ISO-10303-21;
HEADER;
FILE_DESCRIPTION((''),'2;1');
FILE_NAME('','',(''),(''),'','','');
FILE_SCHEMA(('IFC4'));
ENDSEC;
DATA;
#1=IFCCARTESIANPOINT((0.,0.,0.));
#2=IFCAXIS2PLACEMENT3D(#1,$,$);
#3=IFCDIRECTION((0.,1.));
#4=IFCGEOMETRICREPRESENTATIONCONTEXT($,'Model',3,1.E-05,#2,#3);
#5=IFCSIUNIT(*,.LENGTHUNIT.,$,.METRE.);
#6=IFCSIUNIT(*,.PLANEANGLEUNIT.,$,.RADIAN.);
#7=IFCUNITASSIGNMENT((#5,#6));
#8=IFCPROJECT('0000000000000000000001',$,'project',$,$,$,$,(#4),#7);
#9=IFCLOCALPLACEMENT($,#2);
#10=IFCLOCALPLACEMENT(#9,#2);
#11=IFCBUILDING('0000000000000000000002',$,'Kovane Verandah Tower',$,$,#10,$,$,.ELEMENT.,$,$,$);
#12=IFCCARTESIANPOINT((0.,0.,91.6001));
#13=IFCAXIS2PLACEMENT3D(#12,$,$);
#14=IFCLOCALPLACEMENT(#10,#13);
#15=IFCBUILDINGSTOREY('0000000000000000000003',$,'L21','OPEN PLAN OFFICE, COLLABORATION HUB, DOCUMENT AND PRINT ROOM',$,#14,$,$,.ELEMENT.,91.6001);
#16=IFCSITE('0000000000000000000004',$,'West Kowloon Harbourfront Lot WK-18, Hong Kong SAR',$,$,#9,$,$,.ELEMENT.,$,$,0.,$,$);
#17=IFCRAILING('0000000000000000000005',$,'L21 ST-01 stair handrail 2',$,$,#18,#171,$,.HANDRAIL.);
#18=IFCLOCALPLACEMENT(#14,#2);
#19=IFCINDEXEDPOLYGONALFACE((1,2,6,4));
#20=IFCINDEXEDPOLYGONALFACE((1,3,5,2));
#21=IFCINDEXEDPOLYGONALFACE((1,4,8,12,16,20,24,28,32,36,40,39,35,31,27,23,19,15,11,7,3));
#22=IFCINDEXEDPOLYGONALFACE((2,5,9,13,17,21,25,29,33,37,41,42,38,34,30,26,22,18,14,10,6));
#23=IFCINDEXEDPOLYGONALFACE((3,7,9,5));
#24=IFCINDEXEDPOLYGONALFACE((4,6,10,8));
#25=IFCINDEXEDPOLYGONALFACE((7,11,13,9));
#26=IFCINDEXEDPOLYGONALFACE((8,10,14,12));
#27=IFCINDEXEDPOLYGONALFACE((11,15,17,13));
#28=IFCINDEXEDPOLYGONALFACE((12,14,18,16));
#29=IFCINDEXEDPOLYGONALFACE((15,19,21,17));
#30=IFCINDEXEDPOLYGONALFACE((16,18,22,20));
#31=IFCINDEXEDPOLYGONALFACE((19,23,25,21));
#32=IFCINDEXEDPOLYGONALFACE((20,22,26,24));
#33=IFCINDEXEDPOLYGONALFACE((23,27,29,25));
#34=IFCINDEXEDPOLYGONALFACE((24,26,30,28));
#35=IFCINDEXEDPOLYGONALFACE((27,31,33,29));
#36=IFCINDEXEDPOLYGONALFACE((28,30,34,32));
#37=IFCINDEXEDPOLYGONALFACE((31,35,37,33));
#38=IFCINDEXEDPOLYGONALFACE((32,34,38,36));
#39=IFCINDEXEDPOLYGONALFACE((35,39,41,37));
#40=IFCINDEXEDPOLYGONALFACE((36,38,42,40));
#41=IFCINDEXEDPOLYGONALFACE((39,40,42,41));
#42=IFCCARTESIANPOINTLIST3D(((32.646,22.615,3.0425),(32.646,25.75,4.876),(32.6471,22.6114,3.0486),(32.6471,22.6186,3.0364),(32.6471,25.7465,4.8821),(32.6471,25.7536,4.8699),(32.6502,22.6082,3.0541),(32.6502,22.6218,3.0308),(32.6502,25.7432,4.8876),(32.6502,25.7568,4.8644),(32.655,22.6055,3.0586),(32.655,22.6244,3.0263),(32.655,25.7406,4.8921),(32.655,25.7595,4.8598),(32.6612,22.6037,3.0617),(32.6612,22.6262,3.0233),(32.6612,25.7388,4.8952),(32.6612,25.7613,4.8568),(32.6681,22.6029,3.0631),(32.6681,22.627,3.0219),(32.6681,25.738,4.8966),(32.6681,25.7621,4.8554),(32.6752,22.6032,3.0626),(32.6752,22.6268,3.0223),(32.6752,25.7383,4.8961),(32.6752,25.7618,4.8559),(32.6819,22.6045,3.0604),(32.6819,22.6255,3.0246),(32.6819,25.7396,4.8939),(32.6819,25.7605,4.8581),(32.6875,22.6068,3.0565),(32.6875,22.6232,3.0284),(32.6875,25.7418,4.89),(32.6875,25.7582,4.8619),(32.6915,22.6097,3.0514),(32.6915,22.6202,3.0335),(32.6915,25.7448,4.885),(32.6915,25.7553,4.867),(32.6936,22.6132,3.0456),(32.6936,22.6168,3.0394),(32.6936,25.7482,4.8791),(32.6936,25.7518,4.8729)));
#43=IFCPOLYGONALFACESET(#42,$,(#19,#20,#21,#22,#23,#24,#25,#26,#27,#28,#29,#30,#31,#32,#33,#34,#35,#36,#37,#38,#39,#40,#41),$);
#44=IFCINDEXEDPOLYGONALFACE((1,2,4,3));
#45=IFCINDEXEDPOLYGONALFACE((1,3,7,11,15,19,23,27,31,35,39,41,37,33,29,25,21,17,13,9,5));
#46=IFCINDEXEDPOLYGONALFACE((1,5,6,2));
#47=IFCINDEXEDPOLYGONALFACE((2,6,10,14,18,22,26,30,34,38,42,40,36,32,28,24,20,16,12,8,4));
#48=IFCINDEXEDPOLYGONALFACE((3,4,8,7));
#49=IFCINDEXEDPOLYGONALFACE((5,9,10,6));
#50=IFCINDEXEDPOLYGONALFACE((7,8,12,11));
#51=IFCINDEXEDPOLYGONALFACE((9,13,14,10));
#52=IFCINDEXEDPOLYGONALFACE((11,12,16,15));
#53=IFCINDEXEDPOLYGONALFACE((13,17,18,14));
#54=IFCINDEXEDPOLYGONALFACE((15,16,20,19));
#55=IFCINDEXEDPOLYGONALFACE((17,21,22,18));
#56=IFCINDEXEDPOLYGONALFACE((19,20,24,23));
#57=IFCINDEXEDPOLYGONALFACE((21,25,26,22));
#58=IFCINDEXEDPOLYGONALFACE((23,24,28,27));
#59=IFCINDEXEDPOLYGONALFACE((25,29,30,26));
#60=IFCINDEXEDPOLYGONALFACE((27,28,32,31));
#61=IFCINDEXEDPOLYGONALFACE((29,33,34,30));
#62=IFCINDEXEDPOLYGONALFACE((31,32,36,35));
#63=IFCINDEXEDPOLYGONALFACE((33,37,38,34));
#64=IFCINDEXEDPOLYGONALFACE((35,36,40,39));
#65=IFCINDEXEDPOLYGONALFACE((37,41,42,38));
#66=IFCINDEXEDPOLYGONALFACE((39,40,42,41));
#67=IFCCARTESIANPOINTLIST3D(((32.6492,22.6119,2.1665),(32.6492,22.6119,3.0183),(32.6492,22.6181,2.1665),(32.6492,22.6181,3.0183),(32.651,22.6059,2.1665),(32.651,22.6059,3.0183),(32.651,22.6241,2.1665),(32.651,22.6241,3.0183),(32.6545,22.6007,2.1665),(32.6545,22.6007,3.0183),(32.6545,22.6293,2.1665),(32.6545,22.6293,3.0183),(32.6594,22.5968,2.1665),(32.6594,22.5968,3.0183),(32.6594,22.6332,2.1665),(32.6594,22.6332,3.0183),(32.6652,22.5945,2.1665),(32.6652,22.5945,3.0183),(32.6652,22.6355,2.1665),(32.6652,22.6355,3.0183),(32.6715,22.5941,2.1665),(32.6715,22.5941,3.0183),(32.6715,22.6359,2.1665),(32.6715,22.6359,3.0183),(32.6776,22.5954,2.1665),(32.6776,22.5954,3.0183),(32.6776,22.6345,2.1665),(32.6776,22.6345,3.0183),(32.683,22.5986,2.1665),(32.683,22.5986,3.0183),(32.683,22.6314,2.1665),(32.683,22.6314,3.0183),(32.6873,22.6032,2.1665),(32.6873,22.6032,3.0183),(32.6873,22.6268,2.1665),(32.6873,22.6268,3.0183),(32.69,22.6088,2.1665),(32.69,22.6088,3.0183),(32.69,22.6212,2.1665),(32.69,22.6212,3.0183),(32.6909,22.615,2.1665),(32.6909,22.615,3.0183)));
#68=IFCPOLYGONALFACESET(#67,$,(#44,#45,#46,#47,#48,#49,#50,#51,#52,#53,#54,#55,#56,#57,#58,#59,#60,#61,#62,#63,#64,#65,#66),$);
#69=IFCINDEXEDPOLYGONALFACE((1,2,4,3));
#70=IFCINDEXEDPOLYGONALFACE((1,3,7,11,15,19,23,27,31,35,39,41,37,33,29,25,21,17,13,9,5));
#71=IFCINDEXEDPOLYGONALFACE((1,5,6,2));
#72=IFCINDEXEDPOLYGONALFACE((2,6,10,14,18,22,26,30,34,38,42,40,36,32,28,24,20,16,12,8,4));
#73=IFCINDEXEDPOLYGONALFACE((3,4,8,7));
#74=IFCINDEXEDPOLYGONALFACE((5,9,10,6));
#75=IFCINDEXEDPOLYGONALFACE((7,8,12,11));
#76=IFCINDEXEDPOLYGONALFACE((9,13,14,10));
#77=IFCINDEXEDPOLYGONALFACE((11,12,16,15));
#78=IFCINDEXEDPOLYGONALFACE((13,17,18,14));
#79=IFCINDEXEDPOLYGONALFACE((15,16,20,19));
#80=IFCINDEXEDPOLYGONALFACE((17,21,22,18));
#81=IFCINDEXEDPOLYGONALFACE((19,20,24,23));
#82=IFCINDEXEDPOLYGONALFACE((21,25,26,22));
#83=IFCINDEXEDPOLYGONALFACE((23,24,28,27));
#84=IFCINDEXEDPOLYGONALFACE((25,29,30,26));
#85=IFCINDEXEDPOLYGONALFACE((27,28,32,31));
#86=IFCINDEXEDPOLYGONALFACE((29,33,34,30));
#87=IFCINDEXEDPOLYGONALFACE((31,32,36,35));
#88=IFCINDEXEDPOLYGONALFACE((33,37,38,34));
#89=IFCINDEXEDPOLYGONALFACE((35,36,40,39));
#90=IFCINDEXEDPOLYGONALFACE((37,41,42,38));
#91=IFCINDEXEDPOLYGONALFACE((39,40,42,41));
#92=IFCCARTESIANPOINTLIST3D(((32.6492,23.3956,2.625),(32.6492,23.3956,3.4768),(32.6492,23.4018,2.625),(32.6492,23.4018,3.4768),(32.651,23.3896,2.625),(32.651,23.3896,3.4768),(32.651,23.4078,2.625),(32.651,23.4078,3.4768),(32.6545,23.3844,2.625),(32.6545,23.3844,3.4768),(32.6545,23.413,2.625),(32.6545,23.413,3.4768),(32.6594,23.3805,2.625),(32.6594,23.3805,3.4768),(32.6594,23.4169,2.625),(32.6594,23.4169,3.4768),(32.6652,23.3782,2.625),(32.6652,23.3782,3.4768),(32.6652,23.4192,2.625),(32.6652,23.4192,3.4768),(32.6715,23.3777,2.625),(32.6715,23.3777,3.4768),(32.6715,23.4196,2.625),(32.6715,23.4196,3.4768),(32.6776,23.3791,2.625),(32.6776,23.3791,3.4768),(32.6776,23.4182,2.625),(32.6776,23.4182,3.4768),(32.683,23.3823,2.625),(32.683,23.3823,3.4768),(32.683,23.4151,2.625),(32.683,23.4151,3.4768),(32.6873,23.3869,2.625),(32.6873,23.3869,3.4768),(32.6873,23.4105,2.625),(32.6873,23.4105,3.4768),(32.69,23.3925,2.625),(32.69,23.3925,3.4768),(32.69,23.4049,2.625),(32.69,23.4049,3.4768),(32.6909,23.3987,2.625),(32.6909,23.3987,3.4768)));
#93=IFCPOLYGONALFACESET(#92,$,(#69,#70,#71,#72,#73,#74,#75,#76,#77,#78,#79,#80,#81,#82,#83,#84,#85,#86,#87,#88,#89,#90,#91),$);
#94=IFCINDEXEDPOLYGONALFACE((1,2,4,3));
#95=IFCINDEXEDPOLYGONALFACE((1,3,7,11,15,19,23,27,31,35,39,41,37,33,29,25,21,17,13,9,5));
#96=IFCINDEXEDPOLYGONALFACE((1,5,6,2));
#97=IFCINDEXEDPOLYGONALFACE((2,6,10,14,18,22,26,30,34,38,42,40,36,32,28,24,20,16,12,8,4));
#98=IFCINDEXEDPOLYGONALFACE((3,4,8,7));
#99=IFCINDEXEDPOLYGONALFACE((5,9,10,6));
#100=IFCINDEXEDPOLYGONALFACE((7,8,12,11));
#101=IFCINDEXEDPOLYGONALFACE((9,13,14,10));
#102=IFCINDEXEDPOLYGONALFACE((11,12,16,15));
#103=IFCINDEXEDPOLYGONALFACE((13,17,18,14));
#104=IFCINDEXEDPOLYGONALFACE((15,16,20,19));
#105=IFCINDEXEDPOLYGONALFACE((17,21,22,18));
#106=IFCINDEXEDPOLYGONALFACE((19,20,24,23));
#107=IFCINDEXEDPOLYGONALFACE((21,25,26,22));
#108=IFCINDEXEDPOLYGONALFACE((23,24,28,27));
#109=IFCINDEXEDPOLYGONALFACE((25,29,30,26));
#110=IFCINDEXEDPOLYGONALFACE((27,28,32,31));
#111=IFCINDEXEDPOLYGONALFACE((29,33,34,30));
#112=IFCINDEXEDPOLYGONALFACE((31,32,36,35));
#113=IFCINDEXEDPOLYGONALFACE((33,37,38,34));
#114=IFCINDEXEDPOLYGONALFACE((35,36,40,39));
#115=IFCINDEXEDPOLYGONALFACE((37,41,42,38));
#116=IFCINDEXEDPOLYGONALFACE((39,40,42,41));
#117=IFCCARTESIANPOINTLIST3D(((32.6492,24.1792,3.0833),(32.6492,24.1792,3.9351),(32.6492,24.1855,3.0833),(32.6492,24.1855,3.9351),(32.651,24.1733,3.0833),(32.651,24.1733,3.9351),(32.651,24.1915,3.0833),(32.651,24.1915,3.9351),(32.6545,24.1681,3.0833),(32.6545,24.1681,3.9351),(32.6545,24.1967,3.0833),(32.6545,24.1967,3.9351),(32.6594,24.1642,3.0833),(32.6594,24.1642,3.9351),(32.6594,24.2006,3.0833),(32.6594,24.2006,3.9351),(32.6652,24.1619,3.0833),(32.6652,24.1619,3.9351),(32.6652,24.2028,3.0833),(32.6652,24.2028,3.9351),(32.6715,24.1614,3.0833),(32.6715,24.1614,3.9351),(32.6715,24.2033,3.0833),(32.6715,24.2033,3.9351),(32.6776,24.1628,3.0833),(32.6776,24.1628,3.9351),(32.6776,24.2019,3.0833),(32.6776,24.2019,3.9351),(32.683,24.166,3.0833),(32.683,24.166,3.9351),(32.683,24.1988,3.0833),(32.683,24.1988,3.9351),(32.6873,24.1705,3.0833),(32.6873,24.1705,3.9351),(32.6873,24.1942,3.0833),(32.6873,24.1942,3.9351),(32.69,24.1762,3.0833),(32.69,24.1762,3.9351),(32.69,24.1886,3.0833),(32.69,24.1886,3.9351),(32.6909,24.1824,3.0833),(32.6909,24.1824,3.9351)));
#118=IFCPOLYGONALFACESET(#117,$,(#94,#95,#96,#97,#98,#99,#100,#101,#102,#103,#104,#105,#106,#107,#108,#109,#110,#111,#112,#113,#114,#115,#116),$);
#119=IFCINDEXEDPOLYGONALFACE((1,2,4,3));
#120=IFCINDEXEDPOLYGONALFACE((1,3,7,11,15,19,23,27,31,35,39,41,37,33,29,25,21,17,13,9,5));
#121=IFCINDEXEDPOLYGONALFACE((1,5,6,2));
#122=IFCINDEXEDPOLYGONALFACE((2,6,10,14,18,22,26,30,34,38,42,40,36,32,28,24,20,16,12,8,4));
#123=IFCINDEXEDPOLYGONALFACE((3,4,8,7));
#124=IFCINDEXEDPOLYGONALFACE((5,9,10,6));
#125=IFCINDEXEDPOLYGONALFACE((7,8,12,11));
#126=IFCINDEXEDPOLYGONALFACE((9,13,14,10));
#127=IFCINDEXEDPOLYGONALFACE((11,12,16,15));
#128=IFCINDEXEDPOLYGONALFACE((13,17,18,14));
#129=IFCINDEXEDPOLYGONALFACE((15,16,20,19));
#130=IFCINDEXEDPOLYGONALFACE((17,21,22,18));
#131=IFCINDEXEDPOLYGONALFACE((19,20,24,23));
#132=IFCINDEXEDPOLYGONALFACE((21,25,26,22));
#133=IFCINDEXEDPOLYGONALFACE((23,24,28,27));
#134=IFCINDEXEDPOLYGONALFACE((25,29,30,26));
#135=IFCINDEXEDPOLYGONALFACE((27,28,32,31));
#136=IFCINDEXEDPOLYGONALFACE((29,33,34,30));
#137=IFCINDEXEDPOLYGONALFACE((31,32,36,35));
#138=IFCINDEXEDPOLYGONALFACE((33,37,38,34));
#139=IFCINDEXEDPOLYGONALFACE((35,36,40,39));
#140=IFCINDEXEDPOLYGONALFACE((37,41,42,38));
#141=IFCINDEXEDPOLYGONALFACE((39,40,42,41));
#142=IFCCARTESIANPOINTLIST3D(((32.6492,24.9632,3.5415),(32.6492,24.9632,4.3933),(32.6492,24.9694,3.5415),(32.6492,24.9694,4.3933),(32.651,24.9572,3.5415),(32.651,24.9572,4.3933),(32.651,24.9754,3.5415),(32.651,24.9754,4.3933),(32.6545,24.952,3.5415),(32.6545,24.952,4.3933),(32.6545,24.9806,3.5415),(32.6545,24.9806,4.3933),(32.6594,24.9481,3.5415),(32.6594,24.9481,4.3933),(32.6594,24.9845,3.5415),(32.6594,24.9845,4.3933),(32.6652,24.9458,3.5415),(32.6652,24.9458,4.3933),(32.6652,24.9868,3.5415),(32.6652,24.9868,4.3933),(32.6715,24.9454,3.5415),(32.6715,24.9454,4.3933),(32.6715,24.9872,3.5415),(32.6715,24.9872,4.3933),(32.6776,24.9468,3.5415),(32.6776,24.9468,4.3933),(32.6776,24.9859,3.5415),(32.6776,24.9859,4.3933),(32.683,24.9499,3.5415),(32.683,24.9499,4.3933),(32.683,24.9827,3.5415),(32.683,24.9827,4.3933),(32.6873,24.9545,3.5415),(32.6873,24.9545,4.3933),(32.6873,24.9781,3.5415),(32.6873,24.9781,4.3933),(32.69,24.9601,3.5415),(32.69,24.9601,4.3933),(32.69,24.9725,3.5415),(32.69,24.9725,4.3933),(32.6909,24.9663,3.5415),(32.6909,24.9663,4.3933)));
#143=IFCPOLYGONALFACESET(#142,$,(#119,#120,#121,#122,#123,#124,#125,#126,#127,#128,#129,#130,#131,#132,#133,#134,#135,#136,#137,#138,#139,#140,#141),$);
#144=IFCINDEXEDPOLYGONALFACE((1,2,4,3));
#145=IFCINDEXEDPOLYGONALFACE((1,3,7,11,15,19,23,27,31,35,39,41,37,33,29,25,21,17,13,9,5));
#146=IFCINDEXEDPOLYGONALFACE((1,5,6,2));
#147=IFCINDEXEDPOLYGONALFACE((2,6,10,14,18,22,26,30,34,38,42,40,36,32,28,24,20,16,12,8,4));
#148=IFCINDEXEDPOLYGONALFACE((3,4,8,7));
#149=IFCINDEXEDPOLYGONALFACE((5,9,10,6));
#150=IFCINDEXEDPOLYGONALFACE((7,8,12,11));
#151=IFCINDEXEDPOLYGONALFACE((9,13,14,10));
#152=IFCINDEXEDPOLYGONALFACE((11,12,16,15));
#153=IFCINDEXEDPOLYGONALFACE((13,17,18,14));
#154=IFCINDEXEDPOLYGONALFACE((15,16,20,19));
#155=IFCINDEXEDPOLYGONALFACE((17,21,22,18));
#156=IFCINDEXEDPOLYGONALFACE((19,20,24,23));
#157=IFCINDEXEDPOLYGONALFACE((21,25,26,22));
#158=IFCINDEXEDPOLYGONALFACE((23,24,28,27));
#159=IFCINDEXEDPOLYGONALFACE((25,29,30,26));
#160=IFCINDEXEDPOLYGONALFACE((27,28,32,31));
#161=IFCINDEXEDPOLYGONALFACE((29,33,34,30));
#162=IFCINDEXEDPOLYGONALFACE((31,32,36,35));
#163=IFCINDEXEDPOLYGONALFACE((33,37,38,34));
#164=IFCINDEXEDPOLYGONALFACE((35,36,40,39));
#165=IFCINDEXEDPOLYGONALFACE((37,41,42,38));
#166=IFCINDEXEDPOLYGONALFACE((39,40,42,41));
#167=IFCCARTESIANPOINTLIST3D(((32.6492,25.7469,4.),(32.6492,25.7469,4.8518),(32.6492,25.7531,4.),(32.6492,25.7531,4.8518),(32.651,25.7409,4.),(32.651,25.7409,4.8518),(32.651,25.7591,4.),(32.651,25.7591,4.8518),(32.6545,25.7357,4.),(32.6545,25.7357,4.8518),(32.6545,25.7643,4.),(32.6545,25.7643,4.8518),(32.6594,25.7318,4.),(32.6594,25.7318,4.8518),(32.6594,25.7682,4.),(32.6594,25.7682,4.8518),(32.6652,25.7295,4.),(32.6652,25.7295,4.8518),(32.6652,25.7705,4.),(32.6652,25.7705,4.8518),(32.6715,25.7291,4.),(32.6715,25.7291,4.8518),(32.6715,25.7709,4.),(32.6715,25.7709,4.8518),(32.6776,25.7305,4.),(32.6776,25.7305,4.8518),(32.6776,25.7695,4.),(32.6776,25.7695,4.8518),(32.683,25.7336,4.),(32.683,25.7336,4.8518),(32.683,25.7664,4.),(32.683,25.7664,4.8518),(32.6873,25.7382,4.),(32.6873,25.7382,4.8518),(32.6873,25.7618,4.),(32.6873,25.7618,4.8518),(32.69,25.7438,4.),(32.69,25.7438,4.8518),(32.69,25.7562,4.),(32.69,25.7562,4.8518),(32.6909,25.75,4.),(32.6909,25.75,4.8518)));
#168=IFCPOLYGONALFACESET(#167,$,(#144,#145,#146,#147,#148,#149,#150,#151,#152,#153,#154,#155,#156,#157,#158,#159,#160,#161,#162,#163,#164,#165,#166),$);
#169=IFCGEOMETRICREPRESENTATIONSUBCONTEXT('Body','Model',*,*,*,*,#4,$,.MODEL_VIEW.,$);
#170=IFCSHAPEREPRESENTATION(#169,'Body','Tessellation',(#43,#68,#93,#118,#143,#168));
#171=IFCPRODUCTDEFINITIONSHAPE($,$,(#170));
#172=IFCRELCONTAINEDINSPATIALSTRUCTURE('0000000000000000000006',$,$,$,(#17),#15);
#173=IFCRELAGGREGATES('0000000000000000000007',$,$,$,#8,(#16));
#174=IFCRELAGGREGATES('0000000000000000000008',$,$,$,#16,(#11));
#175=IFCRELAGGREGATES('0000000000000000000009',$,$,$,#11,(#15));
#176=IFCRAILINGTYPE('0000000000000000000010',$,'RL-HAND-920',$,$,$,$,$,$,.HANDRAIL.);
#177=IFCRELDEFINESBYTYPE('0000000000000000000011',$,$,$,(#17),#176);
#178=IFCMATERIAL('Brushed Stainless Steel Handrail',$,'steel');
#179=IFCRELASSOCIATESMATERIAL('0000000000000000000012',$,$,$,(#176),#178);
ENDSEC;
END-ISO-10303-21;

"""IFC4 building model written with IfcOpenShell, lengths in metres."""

from ifc_helpers import new_model, si_unit, direction, frame, origin, origin_2d, place, context, subcontext, project, spatial, circle, extrude, material, type_object, element, save


model = new_model("IFC4")

# Units and contexts
model_context = context("Model", 3, precision=1e-05, world=origin(), true_north=direction((0.0, 1.0)))
body_context = subcontext(model_context, "Body", "Model", "MODEL_VIEW")
ifc_project = project(units=[si_unit("LENGTHUNIT", "METRE"), si_unit("PLANEANGLEUNIT", "RADIAN")], contexts=[model_context])

# Site, building, storey
site_placement = place(None, origin())
site = spatial("IfcSite", under=ifc_project, at=site_placement, Name="West Kowloon Harbourfront Lot WK-18, Hong Kong SAR", CompositionType="ELEMENT", RefElevation=0.0)
building_placement = place(site_placement, origin())
building = spatial("IfcBuilding", under=site, at=building_placement, Name="Kovane Verandah Tower", CompositionType="ELEMENT")
storey_placement = place(building_placement, frame((0.0, 0.0, 91.6001)))
storey = spatial("IfcBuildingStorey", under=building, at=storey_placement, Name="L21", Description="OPEN PLAN OFFICE, COLLABORATION HUB, DOCUMENT AND PRINT ROOM", CompositionType="ELEMENT", Elevation=91.6001)

# Railing
ifc_material_1 = material(Name="Brushed Stainless Steel Handrail", Category="steel")
railing_type_1 = type_object("IfcRailingType", Name="RL-HAND-920", PredefinedType="HANDRAIL", material=ifc_material_1)
railing_1_placement = place(storey_placement, frame((32.6699, 22.615, 2.1665)))
element("IfcRailing", 1, at=railing_1_placement, inside=storey, type_object=railing_type_1, Name="L21 ST-01 stair handrail 2", PredefinedType="HANDRAIL", context=body_context, shape_type="SweptSolid", body=[
    extrude(circle(Radius=0.0239, at=origin_2d()), frame((0.0, 0.0, 0.876), z_axis=(0.0, 0.86321, 0.504845), x_axis=(-1.0, 0.0, 0.0)), (0.0, 0.0, 1.0), 3.6318),
    extrude(circle(Radius=0.021, at=origin_2d()), origin(), (0.0, 0.0, 1.0), 0.8518),
    extrude(circle(Radius=0.021, at=origin_2d()), frame((0.0, 0.7837, 0.4585)), (0.0, 0.0, 1.0), 0.8518),
    extrude(circle(Radius=0.021, at=origin_2d()), frame((0.0, 1.5674, 0.9167)), (0.0, 0.0, 1.0), 0.8518),
    extrude(circle(Radius=0.021, at=origin_2d()), frame((0.0, 2.3513, 1.375)), (0.0, 0.0, 1.0), 0.8518),
    extrude(circle(Radius=0.021, at=origin_2d()), frame((0.0, 3.135, 1.8335)), (0.0, 0.0, 1.0), 0.8518),
])

save(model, "model.ifc")
